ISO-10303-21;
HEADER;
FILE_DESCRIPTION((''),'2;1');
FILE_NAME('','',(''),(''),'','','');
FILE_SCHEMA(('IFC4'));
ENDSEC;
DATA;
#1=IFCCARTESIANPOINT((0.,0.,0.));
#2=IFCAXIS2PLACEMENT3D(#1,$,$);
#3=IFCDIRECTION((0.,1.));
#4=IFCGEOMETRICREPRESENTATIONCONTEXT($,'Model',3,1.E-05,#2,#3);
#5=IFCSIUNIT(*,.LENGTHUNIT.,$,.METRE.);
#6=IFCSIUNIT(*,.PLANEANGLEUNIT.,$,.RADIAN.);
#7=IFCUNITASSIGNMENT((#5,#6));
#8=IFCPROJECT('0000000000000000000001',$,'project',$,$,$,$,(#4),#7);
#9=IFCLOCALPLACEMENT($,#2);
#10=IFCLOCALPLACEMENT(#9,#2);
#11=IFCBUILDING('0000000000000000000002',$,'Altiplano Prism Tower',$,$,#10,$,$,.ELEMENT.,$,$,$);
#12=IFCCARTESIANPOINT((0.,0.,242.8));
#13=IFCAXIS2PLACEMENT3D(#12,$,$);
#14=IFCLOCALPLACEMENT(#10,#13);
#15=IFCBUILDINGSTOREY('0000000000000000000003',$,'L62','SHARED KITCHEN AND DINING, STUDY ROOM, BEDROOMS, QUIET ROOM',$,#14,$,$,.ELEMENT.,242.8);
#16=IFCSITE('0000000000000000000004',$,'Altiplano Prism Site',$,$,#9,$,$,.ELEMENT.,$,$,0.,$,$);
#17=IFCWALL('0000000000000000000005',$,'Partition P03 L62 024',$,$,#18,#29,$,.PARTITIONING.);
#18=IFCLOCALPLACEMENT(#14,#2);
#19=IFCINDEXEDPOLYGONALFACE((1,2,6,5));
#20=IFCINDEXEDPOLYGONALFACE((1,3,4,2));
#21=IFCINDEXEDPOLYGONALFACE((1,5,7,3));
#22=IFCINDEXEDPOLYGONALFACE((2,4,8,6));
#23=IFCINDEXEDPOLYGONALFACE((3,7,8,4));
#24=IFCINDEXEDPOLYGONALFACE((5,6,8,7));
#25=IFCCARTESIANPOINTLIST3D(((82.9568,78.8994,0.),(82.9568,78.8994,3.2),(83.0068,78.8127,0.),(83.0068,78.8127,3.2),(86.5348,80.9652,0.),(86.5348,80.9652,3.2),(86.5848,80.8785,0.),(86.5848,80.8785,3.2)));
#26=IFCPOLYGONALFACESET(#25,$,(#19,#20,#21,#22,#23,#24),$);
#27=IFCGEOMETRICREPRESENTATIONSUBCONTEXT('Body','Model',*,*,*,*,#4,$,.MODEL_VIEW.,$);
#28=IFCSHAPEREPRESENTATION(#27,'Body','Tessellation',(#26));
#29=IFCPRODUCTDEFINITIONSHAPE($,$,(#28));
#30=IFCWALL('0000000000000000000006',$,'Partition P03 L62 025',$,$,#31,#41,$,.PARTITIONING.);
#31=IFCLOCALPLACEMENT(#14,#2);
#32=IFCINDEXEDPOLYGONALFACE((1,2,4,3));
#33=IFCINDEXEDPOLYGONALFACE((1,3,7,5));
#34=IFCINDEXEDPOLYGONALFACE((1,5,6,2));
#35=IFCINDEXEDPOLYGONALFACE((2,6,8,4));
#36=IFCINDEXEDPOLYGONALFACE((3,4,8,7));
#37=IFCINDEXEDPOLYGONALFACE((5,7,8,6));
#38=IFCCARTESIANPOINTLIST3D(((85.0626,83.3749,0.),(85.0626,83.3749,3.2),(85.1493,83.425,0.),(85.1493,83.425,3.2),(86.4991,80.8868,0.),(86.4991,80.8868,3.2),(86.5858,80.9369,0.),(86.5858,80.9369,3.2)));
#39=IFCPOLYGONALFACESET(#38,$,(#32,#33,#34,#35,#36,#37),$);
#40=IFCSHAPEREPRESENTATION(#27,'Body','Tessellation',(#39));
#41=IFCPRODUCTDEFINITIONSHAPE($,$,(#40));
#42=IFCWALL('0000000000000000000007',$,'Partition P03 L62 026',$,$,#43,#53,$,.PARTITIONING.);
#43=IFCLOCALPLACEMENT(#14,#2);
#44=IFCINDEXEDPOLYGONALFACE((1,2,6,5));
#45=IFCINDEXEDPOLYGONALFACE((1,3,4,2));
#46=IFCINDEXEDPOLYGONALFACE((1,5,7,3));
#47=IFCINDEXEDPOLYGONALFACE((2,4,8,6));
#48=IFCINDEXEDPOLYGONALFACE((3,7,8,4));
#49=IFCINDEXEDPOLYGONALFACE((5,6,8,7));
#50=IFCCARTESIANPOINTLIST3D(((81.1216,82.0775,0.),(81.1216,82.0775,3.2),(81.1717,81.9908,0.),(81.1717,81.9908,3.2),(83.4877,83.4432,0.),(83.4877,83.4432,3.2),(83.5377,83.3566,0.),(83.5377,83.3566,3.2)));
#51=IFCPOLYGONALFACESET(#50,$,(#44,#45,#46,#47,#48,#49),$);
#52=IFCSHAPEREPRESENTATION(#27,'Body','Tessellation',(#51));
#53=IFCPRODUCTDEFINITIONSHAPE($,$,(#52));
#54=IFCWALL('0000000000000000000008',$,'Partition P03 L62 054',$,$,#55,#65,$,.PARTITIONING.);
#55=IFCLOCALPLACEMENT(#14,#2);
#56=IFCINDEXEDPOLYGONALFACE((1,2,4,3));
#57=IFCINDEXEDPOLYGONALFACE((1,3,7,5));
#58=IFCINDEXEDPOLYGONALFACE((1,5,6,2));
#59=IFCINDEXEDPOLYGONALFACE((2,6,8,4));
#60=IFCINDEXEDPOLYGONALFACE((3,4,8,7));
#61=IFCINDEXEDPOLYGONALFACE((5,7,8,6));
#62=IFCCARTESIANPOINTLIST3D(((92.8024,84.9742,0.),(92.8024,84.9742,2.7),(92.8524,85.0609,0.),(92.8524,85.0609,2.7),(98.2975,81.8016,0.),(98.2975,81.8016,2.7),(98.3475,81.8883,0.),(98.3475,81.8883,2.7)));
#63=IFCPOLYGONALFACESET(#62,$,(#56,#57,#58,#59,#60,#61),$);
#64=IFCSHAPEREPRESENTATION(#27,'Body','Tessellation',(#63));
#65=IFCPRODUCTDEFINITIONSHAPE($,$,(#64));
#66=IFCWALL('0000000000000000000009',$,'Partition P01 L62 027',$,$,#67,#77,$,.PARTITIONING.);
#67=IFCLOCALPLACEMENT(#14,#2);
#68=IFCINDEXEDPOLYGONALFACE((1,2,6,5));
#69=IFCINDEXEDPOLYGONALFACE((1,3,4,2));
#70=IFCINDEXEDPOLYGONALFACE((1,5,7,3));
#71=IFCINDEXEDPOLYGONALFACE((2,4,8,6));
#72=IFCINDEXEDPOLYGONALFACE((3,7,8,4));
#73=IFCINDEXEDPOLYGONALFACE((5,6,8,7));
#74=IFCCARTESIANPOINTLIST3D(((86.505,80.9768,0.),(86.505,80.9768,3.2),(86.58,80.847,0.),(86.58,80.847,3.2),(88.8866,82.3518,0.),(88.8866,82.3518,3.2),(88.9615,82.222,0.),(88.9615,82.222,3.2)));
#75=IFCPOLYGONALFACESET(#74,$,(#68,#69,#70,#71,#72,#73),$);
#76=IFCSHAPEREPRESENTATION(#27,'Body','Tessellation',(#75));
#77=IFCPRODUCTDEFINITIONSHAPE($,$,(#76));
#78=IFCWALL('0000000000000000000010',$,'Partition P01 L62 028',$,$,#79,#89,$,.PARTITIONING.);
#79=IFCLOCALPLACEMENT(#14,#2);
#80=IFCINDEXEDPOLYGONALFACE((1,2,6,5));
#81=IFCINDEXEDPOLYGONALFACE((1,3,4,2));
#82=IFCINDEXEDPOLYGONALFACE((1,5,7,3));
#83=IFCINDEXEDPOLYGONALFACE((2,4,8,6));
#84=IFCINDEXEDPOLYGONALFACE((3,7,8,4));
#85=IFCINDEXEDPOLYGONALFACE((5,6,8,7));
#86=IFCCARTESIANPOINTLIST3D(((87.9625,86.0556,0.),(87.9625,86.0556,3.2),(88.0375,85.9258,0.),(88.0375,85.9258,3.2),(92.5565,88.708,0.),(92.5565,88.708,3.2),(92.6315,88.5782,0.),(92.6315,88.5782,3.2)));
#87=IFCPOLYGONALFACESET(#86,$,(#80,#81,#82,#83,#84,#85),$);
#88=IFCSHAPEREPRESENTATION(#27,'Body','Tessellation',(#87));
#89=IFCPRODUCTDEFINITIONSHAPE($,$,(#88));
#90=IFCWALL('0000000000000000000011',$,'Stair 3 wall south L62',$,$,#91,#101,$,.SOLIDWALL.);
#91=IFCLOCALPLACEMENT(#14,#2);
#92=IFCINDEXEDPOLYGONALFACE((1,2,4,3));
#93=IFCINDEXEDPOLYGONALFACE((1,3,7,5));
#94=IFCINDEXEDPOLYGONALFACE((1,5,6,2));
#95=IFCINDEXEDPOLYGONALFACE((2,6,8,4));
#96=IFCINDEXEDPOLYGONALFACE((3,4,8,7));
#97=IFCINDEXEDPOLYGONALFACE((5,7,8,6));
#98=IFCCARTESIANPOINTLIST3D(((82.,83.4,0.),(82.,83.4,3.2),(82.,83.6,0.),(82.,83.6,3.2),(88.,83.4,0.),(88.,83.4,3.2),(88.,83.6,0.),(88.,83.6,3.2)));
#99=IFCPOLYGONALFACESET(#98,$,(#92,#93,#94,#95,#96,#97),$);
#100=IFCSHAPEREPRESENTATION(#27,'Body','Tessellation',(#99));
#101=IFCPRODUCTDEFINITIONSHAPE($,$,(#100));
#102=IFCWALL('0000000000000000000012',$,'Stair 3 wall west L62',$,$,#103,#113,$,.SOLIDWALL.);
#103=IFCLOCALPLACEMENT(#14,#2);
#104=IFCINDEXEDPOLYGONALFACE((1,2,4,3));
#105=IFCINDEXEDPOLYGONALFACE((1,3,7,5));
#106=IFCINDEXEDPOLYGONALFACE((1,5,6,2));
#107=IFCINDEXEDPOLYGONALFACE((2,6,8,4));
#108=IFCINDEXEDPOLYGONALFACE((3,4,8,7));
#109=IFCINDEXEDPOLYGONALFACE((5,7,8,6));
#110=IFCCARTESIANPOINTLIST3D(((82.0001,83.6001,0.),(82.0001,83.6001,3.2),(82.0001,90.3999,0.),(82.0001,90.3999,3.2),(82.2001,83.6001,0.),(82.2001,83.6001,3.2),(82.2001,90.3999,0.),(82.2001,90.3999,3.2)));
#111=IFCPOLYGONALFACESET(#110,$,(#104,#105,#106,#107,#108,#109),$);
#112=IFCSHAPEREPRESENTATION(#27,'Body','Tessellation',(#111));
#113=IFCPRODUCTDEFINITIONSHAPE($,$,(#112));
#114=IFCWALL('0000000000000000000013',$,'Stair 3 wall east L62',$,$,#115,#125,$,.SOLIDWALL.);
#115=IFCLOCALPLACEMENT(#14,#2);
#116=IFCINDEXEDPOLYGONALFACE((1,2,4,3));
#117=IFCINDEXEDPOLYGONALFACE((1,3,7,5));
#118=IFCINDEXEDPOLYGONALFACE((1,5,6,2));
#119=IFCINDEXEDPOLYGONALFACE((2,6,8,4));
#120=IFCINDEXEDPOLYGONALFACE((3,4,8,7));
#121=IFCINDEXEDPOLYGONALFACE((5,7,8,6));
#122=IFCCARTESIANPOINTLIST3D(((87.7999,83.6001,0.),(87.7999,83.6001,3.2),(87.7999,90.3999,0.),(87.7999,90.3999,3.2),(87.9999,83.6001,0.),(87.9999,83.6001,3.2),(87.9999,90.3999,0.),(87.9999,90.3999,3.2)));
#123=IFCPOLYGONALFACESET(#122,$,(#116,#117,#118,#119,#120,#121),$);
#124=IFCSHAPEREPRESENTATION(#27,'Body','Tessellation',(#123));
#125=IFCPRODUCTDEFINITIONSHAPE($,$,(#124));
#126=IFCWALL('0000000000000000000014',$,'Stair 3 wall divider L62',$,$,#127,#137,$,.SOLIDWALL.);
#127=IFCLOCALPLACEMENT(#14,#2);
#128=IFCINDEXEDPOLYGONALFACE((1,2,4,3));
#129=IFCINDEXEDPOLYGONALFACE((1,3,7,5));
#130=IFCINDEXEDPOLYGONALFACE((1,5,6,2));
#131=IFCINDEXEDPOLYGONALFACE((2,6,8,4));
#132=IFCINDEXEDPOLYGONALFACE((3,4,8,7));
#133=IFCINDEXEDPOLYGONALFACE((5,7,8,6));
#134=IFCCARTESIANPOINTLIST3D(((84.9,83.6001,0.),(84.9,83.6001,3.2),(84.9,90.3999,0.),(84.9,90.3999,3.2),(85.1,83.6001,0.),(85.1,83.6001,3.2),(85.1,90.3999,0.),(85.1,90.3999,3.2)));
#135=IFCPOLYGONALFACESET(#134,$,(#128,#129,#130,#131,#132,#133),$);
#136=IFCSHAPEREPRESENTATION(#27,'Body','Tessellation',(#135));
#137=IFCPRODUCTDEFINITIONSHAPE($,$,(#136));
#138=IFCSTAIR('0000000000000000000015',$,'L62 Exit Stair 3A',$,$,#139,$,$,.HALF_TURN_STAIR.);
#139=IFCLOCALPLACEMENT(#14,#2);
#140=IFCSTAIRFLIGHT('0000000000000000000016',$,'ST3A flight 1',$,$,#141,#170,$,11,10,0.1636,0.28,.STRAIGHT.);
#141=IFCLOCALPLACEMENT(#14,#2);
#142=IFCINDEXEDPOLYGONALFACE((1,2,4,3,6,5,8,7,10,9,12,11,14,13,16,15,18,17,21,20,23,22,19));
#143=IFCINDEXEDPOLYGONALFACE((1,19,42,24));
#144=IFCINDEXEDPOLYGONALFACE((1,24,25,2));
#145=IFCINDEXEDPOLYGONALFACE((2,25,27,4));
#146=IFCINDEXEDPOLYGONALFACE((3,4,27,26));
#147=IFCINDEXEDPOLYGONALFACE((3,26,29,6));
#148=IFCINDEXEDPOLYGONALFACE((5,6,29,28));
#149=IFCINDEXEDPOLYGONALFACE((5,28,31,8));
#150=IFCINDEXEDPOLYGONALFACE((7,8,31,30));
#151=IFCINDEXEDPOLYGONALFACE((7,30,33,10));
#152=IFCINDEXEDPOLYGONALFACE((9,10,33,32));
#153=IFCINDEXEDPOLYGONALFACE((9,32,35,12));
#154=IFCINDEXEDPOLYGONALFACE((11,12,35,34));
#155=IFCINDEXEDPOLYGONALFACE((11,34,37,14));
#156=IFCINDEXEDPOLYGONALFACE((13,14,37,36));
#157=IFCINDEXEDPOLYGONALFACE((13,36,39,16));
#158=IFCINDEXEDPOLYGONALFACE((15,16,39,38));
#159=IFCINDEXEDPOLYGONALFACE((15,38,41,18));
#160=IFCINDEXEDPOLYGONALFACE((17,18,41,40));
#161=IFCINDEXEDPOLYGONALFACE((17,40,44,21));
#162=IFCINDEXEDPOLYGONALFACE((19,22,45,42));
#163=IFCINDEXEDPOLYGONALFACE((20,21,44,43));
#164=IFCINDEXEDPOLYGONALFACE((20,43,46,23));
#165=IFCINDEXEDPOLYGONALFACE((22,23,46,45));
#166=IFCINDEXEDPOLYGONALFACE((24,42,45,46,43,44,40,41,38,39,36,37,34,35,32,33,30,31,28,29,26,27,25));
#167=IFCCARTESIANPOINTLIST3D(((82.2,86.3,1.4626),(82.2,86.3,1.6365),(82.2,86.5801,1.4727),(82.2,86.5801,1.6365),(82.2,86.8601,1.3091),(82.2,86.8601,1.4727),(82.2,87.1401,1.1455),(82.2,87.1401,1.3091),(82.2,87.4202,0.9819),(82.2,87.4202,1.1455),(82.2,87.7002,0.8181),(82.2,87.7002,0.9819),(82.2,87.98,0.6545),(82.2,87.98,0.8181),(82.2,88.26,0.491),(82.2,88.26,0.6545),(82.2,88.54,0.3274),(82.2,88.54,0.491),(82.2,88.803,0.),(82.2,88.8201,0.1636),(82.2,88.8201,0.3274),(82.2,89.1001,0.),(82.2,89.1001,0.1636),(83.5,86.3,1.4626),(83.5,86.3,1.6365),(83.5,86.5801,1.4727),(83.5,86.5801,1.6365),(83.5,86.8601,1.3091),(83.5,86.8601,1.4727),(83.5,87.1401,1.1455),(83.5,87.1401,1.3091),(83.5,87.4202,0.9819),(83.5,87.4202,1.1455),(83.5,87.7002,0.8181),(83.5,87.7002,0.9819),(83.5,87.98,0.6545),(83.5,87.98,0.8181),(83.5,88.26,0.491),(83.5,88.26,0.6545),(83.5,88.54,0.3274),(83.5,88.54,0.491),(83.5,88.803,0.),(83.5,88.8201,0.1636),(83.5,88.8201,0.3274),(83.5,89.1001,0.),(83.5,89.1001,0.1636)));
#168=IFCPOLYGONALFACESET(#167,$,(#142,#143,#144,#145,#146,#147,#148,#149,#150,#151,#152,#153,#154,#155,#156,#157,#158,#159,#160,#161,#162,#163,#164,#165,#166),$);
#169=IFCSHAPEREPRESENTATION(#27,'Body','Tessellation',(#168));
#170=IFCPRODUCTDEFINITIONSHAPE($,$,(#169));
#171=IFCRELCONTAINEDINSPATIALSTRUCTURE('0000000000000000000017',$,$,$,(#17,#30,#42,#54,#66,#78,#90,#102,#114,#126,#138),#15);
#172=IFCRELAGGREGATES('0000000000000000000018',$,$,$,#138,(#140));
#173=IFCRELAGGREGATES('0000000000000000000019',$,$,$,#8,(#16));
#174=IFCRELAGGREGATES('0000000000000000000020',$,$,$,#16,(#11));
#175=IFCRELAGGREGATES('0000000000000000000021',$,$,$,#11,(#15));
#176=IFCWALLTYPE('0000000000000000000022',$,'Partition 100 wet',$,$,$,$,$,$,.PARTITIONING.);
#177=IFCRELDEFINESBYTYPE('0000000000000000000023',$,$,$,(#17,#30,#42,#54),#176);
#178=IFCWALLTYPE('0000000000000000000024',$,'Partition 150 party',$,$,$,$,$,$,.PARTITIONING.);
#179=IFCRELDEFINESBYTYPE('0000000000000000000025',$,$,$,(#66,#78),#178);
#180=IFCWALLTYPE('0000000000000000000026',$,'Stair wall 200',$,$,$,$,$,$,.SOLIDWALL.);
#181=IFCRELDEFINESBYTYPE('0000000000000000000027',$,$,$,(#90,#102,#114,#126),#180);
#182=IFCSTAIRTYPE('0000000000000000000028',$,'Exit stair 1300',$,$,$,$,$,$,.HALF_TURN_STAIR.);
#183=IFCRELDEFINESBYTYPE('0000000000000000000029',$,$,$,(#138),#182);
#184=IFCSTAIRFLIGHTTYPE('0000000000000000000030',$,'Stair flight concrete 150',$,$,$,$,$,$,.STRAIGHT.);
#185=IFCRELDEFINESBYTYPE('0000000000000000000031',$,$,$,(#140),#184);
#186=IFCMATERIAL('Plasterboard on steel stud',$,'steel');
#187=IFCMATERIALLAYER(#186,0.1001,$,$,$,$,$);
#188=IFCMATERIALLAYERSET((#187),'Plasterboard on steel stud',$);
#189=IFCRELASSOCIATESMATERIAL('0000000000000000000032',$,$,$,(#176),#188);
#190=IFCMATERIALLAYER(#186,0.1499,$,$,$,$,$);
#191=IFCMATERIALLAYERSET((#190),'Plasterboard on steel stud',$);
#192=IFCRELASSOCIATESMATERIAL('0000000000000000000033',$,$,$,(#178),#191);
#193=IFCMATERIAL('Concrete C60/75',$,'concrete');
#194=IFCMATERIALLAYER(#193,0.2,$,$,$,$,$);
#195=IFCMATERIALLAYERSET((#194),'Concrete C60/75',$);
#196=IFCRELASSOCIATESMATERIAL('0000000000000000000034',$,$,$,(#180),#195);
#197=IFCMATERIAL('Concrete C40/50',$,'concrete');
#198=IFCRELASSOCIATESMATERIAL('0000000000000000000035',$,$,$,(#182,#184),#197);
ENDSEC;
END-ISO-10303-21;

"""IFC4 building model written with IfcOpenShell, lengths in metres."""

from ifc_helpers import new_model, si_unit, direction, frame, frame_2d, origin, place, context, subcontext, project, spatial, polyline, rectangle, outline, extrude, material, layer, layer_set, type_object, element, aggregate, save


model = new_model("IFC4")

# Units and contexts
model_context = context("Model", 3, precision=1e-05, world=origin(), true_north=direction((0.0, 1.0)))
body_context = subcontext(model_context, "Body", "Model", "MODEL_VIEW")
ifc_project = project(units=[si_unit("LENGTHUNIT", "METRE"), si_unit("PLANEANGLEUNIT", "RADIAN")], contexts=[model_context])

# Site, building, storey
site_placement = place(None, origin())
site = spatial("IfcSite", under=ifc_project, at=site_placement, Name="Altiplano Prism Site", CompositionType="ELEMENT", RefElevation=0.0)
building_placement = place(site_placement, origin())
building = spatial("IfcBuilding", under=site, at=building_placement, Name="Altiplano Prism Tower", CompositionType="ELEMENT")
storey_placement = place(building_placement, frame((0.0, 0.0, 242.8)))
storey = spatial("IfcBuildingStorey", under=building, at=storey_placement, Name="L62", Description="SHARED KITCHEN AND DINING, STUDY ROOM, BEDROOMS, QUIET ROOM", CompositionType="ELEMENT", Elevation=242.8)

# Shared definitions
ifc_material_1 = material(Name="Concrete C60/75", Category="concrete")

# Walls
ifc_material_2 = material(Name="Plasterboard on steel stud", Category="steel")
ifc_layer_1 = layer(ifc_material_2, 0.1001)
ifc_layer_set_1 = layer_set([ifc_layer_1], Name="Plasterboard on steel stud")
wall_type_1 = type_object("IfcWallType", Name="Partition 100 wet", PredefinedType="PARTITIONING", material=ifc_layer_set_1)
wall_1_placement = place(storey_placement, frame((82.9817, 78.856, 0.0), z_axis=(0.0, 0.0, 1.0), x_axis=(0.866016, 0.500016, 0.0)))
element("IfcWall", 1, at=wall_1_placement, inside=storey, type_object=wall_type_1, Name="Partition P03 L62 024", PredefinedType="PARTITIONING", context=body_context, shape_type="SweptSolid", body=[
    extrude(rectangle(XDim=4.1316, YDim=0.1001, at=frame_2d((2.0659, 0.0))), origin(), (0.0, 0.0, 1.0), 3.2),
])
wall_2_placement = place(storey_placement, frame((86.5425, 80.9119, 0.0), z_axis=(0.0, 0.0, 1.0), x_axis=(-0.500014, 0.866017, 0.0)))
element("IfcWall", 2, at=wall_2_placement, inside=storey, type_object=wall_type_1, Name="Partition P03 L62 025", PredefinedType="PARTITIONING", context=body_context, shape_type="SweptSolid", body=[
    extrude(rectangle(XDim=2.873, YDim=0.1001, at=frame_2d((1.4365, 0.0))), origin(), (0.0, 0.0, 1.0), 3.2),
])
wall_3_placement = place(storey_placement, frame((83.5127, 83.3999, 0.0), z_axis=(0.0, 0.0, 1.0), x_axis=(-0.866068, -0.499926, 0.0)))
element("IfcWall", 3, at=wall_3_placement, inside=storey, type_object=wall_type_1, Name="Partition P03 L62 026", PredefinedType="PARTITIONING", context=body_context, shape_type="SweptSolid", body=[
    extrude(rectangle(XDim=2.7319, YDim=0.1001, at=frame_2d((1.366, 0.0))), origin(), (0.0, 0.0, 1.0), 3.2),
])
wall_4_placement = place(storey_placement, frame((98.3225, 81.845, 0.0), z_axis=(0.0, 0.0, 1.0), x_axis=(-0.866025, 0.5, 0.0)))
element("IfcWall", 4, at=wall_4_placement, inside=storey, type_object=wall_type_1, Name="Partition P03 L62 054", PredefinedType="PARTITIONING", context=body_context, shape_type="SweptSolid", body=[
    extrude(rectangle(XDim=6.3452, YDim=0.1001, at=frame_2d((3.1726, 0.0))), origin(), (0.0, 0.0, 1.0), 2.7),
])
ifc_layer_2 = layer(ifc_material_2, 0.1499)
ifc_layer_set_2 = layer_set([ifc_layer_2], Name="Plasterboard on steel stud")
wall_type_2 = type_object("IfcWallType", Name="Partition 150 party", PredefinedType="PARTITIONING", material=ifc_layer_set_2)
wall_5_placement = place(storey_placement, frame((88.9241, 82.2869, 0.0), z_axis=(0.0, 0.0, 1.0), x_axis=(-0.866027, -0.499997, 0.0)))
element("IfcWall", 5, at=wall_5_placement, inside=storey, type_object=wall_type_2, Name="Partition P01 L62 027", PredefinedType="PARTITIONING", context=body_context, shape_type="SweptSolid", body=[
    extrude(rectangle(XDim=2.75, YDim=0.1499, at=frame_2d((1.375, 0.0))), origin(), (0.0, 0.0, 1.0), 3.2),
])
wall_6_placement = place(storey_placement, frame((88.0, 85.9907, 0.0), z_axis=(0.0, 0.0, 1.0), x_axis=(0.866025, 0.5, 0.0)))
element("IfcWall", 6, at=wall_6_placement, inside=storey, type_object=wall_type_2, Name="Partition P01 L62 028", PredefinedType="PARTITIONING", context=body_context, shape_type="SweptSolid", body=[
    extrude(rectangle(XDim=5.3047, YDim=0.1499, at=frame_2d((2.6523, 0.0))), origin(), (0.0, 0.0, 1.0), 3.2),
])
ifc_layer_3 = layer(ifc_material_1, 0.2)
ifc_layer_set_3 = layer_set([ifc_layer_3], Name="Concrete C60/75")
wall_type_3 = type_object("IfcWallType", Name="Stair wall 200", PredefinedType="SOLIDWALL", material=ifc_layer_set_3)
wall_7_placement = place(storey_placement, frame((82.0, 83.5, 0.0), z_axis=(0.0, 0.0, 1.0), x_axis=(1.0, 0.0, 0.0)))
element("IfcWall", 7, at=wall_7_placement, inside=storey, type_object=wall_type_3, Name="Stair 3 wall south L62", PredefinedType="SOLIDWALL", context=body_context, shape_type="SweptSolid", body=[
    extrude(rectangle(XDim=6.0, YDim=0.2, at=frame_2d((3.0, 0.0))), origin(), (0.0, 0.0, 1.0), 3.2),
])
for number, where, z_axis, x_axis, name in (
    (8, (82.1001, 83.6001, 0.0), (0.0, 0.0, 1.0), (0.0, 1.0, 0.0), "Stair 3 wall west L62"),
    (9, (87.8999, 83.6001, 0.0), (0.0, 0.0, 1.0), (0.0, 1.0, 0.0), "Stair 3 wall east L62"),
    (10, (85.0, 83.6001, 0.0), (0.0, 0.0, 1.0), (0.0, 1.0, 0.0), "Stair 3 wall divider L62"),
):
    element("IfcWall", number, at=place(storey_placement, frame(where, z_axis=z_axis, x_axis=x_axis)), inside=storey, type_object=wall_type_3, Name=name, PredefinedType="SOLIDWALL", context=body_context, shape_type="SweptSolid", body=[
        extrude(rectangle(XDim=6.7998, YDim=0.2, at=frame_2d((3.3999, 0.0))), origin(), (0.0, 0.0, 1.0), 3.2),
    ])

# Stair, stair flight
ifc_material_3 = material(Name="Concrete C40/50", Category="concrete")
stair_type = type_object("IfcStairType", Name="Exit stair 1300", PredefinedType="HALF_TURN_STAIR", material=ifc_material_3)
stair_1_placement = place(storey_placement, origin())
stair_1 = element("IfcStair", 11, at=stair_1_placement, inside=storey, type_object=stair_type, Name="L62 Exit Stair 3A", PredefinedType="HALF_TURN_STAIR")
stair_flight_type = type_object("IfcStairFlightType", Name="Stair flight concrete 150", PredefinedType="STRAIGHT", material=ifc_material_3)
stair_flight_1_placement = place(storey_placement, frame((82.8501, 89.1001, 0.0), z_axis=(0.0, 0.0, 1.0), x_axis=(0.0, -1.0, 0.0)))
stair_flight_1 = element("IfcStairFlight", 12, at=stair_flight_1_placement, type_object=stair_flight_type, Name="ST3A flight 1", NumberOfRisers=11, NumberOfTreads=10, PredefinedType="STRAIGHT", RiserHeight=0.1636, TreadLength=0.28, context=body_context, shape_type="SweptSolid", body=[
    extrude(outline(polyline([(0.0, 0.0), (0.0, 0.1636), (0.28, 0.1636), (0.28, 0.3274), (0.5601, 0.3274), (0.5601, 0.491), (0.8401, 0.491), (0.8401, 0.6545), (1.1201, 0.6545), (1.1201, 0.8181), (1.3999, 0.8181), (1.3999, 0.9819), (1.6799, 0.9819), (1.6799, 1.1455), (1.96, 1.1455), (1.96, 1.3091), (2.24, 1.3091), (2.24, 1.4727), (2.52, 1.4727), (2.52, 1.6365), (2.8, 1.6365), (2.8, 1.8), (2.8, 1.4626), (0.2971, 0.0), (0.0, 0.0)])), frame((0.0, 0.6499, 0.0), z_axis=(0.0, -1.0, 0.0), x_axis=(1.0, 0.0, 0.0)), (0.0, 0.0, 1.0), 1.3),
])
aggregate(stair_1, [stair_flight_1])

save(model, "model.ifc")
